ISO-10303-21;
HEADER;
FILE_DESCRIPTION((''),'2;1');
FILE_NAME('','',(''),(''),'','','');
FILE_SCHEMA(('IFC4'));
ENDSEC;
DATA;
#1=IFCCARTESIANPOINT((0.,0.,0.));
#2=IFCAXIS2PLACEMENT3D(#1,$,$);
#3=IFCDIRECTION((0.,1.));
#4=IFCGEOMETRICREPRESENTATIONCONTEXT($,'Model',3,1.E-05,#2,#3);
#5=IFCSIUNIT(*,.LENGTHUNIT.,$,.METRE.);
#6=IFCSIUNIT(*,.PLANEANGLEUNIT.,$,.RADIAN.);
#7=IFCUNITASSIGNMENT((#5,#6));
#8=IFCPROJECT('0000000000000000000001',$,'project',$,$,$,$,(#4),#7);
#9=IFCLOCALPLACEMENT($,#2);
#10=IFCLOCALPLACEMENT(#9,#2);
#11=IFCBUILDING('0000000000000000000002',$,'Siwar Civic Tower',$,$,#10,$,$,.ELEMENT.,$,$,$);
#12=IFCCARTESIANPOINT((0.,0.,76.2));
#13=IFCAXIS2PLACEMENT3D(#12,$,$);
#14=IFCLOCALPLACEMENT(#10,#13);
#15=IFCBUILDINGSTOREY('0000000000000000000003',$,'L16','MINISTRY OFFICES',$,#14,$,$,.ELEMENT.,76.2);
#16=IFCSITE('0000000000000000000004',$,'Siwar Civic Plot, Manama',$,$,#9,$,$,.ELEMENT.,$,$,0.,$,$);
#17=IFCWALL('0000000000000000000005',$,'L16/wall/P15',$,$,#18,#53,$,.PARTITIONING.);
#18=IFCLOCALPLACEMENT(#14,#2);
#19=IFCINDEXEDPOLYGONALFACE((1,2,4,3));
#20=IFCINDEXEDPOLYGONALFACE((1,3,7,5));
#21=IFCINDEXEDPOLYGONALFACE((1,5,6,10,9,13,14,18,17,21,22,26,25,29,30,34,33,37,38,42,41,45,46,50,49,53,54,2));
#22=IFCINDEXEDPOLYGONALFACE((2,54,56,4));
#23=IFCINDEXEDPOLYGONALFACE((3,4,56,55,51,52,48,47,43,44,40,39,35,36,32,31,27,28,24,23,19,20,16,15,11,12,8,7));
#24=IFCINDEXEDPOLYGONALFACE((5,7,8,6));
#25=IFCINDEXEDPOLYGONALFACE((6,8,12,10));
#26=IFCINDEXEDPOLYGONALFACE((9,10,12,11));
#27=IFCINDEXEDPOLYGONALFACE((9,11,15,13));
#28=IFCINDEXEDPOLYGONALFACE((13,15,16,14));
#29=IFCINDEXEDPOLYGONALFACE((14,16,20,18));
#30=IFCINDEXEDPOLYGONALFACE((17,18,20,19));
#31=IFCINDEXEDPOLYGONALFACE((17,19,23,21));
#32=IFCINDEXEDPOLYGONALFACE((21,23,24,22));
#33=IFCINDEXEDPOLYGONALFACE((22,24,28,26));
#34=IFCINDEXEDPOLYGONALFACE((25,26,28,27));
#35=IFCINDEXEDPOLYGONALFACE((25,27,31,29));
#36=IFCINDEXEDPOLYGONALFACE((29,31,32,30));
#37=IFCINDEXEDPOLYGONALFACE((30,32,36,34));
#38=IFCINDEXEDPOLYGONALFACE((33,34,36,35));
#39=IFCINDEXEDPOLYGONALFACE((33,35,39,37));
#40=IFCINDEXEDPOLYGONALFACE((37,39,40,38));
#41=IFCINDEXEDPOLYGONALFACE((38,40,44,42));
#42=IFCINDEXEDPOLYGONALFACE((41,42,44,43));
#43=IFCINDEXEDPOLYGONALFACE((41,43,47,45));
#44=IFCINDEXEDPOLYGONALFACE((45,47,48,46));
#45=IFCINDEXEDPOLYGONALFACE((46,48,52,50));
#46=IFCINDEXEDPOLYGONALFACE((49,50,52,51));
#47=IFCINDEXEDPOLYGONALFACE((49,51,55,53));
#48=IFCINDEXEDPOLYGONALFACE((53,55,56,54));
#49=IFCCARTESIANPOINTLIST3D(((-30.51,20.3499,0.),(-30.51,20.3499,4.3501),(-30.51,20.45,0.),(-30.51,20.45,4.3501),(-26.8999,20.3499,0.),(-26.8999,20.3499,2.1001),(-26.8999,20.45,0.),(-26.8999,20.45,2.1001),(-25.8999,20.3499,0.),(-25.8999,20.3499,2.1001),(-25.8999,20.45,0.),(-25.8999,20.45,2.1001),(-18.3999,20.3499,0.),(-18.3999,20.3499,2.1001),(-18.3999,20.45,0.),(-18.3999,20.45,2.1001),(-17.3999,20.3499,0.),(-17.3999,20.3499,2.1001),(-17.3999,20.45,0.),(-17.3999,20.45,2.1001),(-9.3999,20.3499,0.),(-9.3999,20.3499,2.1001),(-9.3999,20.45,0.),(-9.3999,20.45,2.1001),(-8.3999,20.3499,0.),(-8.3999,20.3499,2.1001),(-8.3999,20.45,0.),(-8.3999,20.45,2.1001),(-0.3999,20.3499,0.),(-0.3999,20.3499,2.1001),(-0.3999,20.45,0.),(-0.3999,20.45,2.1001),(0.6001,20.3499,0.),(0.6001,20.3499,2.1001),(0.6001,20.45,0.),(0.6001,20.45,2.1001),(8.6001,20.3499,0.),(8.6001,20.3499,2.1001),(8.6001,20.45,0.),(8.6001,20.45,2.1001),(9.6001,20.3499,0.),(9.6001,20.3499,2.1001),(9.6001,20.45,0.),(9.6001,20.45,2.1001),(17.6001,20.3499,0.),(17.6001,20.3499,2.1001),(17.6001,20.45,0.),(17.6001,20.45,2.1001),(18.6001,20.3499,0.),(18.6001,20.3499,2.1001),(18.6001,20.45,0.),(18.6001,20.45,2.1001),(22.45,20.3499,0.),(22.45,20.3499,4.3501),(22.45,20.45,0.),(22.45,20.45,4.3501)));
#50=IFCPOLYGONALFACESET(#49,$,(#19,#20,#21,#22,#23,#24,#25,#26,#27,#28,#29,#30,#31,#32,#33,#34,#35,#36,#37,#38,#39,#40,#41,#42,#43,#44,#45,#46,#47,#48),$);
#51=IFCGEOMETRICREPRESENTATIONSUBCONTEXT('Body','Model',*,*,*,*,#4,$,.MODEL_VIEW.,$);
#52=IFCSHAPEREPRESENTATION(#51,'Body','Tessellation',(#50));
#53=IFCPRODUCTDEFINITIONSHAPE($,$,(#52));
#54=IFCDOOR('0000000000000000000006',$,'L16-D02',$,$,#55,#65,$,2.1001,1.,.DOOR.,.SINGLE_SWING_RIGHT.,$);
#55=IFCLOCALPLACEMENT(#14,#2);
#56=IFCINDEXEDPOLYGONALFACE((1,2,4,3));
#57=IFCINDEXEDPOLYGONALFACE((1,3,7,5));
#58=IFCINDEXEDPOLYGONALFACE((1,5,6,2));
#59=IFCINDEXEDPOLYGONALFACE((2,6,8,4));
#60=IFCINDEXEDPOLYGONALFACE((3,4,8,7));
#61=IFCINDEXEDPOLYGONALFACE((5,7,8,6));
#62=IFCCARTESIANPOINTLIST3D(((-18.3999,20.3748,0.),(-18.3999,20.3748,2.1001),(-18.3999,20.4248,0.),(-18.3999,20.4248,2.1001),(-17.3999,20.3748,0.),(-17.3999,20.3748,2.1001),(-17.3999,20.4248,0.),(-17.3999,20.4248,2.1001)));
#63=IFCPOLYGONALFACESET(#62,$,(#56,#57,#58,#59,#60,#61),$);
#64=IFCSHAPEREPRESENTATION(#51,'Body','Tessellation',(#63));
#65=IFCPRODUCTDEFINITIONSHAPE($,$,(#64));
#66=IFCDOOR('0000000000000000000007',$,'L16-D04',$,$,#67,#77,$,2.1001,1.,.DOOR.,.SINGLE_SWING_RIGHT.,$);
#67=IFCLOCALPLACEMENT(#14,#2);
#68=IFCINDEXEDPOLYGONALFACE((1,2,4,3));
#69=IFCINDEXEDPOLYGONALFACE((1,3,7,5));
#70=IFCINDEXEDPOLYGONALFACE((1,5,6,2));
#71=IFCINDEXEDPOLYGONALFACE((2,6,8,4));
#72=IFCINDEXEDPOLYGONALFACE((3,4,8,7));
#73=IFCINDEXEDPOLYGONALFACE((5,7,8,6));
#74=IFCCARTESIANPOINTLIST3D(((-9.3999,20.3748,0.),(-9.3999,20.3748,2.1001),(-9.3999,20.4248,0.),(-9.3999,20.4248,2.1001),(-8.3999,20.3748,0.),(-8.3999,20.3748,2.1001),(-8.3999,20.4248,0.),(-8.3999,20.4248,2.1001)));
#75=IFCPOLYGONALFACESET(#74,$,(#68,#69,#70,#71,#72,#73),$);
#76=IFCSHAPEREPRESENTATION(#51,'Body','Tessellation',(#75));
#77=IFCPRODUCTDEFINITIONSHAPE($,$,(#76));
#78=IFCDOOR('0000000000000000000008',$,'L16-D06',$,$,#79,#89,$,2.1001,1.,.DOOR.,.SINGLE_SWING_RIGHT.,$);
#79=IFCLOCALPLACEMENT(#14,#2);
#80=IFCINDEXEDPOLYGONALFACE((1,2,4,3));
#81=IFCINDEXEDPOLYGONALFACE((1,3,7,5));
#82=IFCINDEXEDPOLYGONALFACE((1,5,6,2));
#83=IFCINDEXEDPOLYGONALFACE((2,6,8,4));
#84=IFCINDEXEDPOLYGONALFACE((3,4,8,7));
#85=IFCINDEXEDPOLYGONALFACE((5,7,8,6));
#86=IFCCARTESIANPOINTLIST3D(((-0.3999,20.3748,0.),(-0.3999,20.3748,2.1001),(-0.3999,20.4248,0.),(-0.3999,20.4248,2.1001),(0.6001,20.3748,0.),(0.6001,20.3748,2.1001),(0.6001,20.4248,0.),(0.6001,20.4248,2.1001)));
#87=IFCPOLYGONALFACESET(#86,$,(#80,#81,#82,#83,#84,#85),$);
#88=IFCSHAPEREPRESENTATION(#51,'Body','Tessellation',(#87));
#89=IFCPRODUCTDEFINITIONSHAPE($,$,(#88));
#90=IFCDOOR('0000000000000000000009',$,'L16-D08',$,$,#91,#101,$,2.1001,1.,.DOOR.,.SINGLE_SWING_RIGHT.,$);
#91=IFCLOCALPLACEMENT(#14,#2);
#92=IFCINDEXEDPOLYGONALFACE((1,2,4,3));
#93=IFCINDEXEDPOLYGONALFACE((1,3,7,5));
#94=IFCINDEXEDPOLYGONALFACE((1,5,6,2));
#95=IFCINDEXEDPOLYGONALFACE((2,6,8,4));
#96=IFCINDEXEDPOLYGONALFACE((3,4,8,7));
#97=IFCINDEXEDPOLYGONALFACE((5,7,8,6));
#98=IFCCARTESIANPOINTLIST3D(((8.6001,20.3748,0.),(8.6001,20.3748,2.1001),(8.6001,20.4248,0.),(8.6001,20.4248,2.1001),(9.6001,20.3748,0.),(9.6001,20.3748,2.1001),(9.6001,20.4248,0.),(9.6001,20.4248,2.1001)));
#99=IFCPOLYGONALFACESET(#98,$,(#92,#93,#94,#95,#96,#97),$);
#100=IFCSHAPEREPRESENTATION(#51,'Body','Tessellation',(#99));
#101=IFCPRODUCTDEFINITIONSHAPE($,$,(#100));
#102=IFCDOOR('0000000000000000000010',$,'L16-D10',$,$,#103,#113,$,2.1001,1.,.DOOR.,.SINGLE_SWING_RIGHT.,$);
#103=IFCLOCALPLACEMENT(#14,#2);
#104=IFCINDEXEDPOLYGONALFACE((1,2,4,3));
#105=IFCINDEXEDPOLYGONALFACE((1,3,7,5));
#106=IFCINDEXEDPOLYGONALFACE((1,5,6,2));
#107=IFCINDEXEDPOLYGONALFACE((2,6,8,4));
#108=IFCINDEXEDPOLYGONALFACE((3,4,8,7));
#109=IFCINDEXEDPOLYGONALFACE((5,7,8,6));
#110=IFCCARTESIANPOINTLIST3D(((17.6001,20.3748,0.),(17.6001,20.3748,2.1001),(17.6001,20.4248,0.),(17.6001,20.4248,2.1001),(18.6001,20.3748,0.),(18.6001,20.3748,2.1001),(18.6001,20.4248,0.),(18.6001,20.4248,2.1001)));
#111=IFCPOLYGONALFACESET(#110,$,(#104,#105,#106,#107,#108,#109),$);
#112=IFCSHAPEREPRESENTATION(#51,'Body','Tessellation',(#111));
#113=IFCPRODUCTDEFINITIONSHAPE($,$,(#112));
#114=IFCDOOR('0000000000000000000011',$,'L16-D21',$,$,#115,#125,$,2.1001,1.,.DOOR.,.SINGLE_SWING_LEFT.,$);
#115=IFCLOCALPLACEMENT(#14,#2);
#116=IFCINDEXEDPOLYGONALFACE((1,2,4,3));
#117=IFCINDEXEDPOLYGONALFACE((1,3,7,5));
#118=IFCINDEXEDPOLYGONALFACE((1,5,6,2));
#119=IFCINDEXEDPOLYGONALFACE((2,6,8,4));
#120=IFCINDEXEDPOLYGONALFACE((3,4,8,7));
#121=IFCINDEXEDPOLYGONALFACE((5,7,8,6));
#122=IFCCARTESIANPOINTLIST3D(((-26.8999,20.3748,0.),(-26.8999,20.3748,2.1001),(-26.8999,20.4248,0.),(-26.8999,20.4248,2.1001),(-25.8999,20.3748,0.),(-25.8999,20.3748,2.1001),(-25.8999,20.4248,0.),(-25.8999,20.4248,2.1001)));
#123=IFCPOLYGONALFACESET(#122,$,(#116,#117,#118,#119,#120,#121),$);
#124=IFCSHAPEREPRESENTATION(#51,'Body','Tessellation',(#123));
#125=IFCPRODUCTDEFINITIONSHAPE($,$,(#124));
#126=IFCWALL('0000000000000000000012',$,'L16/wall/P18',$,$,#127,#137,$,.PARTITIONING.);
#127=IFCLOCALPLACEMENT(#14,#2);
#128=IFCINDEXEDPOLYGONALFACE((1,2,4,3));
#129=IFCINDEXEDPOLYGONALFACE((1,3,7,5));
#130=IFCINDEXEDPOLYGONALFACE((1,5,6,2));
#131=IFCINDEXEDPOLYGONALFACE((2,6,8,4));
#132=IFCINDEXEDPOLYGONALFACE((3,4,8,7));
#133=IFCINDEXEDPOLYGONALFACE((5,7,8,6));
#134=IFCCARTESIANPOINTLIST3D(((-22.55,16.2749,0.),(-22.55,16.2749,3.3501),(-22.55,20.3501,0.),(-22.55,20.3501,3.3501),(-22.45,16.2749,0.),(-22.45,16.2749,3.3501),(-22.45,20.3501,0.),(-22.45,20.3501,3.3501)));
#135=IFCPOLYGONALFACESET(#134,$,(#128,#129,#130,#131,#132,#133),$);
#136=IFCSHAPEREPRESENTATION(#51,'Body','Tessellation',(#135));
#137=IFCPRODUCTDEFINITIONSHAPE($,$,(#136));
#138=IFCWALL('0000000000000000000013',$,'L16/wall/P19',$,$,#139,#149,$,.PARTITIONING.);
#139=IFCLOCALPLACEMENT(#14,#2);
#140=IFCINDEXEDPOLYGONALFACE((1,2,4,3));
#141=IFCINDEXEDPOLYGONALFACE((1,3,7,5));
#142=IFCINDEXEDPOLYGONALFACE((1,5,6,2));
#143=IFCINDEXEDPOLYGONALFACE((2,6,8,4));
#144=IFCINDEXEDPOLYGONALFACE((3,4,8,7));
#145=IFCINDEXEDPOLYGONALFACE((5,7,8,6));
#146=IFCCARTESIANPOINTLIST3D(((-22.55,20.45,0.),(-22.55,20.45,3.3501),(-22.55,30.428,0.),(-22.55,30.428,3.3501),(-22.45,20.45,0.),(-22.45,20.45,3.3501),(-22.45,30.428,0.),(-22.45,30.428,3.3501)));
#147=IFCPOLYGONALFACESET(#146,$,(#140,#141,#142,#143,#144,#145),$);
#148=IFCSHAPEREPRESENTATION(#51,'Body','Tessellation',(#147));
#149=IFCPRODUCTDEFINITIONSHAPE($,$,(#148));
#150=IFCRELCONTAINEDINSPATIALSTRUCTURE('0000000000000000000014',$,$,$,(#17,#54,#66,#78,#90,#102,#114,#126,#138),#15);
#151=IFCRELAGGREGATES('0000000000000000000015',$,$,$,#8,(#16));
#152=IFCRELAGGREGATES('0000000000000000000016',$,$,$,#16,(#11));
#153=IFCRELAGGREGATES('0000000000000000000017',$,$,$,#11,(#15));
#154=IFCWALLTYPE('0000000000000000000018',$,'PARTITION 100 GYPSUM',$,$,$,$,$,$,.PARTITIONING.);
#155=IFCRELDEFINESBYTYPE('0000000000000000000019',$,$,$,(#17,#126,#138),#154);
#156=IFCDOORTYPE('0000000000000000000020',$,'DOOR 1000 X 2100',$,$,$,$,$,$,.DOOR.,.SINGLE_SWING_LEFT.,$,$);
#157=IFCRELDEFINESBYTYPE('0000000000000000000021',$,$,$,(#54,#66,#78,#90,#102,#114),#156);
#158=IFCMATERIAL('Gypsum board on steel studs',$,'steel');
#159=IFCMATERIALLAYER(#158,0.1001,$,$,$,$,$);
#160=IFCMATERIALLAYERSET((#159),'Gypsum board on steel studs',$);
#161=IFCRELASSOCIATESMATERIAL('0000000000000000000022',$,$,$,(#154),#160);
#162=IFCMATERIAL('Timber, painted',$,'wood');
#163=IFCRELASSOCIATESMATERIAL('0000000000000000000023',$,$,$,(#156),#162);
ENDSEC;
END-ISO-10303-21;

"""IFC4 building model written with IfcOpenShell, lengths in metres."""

from ifc_helpers import new_model, si_unit, direction, frame, frame_2d, origin, place, context, subcontext, project, spatial, rectangle, extrude, material, layer, layer_set, type_object, element, fill, save


model = new_model("IFC4")

# Units and contexts
model_context = context("Model", 3, precision=1e-05, world=origin(), true_north=direction((0.0, 1.0)))
body_context = subcontext(model_context, "Body", "Model", "MODEL_VIEW")
ifc_project = project(units=[si_unit("LENGTHUNIT", "METRE"), si_unit("PLANEANGLEUNIT", "RADIAN")], contexts=[model_context])

# Site, building, storey
site_placement = place(None, origin())
site = spatial("IfcSite", under=ifc_project, at=site_placement, Name="Siwar Civic Plot, Manama", CompositionType="ELEMENT", RefElevation=0.0)
building_placement = place(site_placement, origin())
building = spatial("IfcBuilding", under=site, at=building_placement, Name="Siwar Civic Tower", CompositionType="ELEMENT")
storey_placement = place(building_placement, frame((0.0, 0.0, 76.2)))
storey = spatial("IfcBuildingStorey", under=building, at=storey_placement, Name="L16", Description="MINISTRY OFFICES", CompositionType="ELEMENT", Elevation=76.2)

# Wall, openings, doors
ifc_material_1 = material(Name="Gypsum board on steel studs", Category="steel")
ifc_layer_1 = layer(ifc_material_1, 0.1001)
ifc_layer_set_1 = layer_set([ifc_layer_1], Name="Gypsum board on steel studs")
wall_type_1 = type_object("IfcWallType", Name="PARTITION 100 GYPSUM", PredefinedType="PARTITIONING", material=ifc_layer_set_1)
wall_1_placement = place(storey_placement, frame((-30.51, 20.3999, 0.0), z_axis=(0.0, 0.0, 1.0), x_axis=(1.0, 0.0, 0.0)))
wall_1 = element("IfcWall", 1, at=wall_1_placement, inside=storey, type_object=wall_type_1, Name="L16/wall/P15", PredefinedType="PARTITIONING", context=body_context, shape_type="SweptSolid", body=[
    extrude(rectangle(XDim=52.96, YDim=0.1001, at=frame_2d((26.48, 0.0))), origin(), (0.0, 0.0, 1.0), 4.3501),
])
opening_1_placement = place(wall_1_placement, frame((12.1101, 0.0, 0.0)))
opening_1 = element("IfcOpeningElement", 2, at=opening_1_placement, cuts=wall_1, PredefinedType="OPENING", context=body_context, shape_type="SweptSolid", body=[
    extrude(rectangle(XDim=1.0, YDim=2.1001, at=frame_2d((0.5, 1.05))), frame((0.0, 0.0601, 0.0), z_axis=(0.0, -1.0, 0.0), x_axis=(1.0, 0.0, 0.0)), (0.0, 0.0, 1.0), 0.1201),
])
opening_2_placement = place(wall_1_placement, frame((21.1101, 0.0, 0.0)))
opening_2 = element("IfcOpeningElement", 3, at=opening_2_placement, cuts=wall_1, PredefinedType="OPENING", context=body_context, shape_type="SweptSolid", body=[
    extrude(rectangle(XDim=1.0, YDim=2.1001, at=frame_2d((0.5, 1.05))), frame((0.0, 0.0601, 0.0), z_axis=(0.0, -1.0, 0.0), x_axis=(1.0, 0.0, 0.0)), (0.0, 0.0, 1.0), 0.1201),
])
opening_3_placement = place(wall_1_placement, frame((30.1101, 0.0, 0.0)))
opening_3 = element("IfcOpeningElement", 4, at=opening_3_placement, cuts=wall_1, PredefinedType="OPENING", context=body_context, shape_type="SweptSolid", body=[
    extrude(rectangle(XDim=1.0, YDim=2.1001, at=frame_2d((0.5, 1.05))), frame((0.0, 0.0601, 0.0), z_axis=(0.0, -1.0, 0.0), x_axis=(1.0, 0.0, 0.0)), (0.0, 0.0, 1.0), 0.1201),
])
opening_4_placement = place(wall_1_placement, frame((39.1101, 0.0, 0.0)))
opening_4 = element("IfcOpeningElement", 5, at=opening_4_placement, cuts=wall_1, PredefinedType="OPENING", context=body_context, shape_type="SweptSolid", body=[
    extrude(rectangle(XDim=1.0, YDim=2.1001, at=frame_2d((0.5, 1.05))), frame((0.0, 0.0601, 0.0), z_axis=(0.0, -1.0, 0.0), x_axis=(1.0, 0.0, 0.0)), (0.0, 0.0, 1.0), 0.1201),
])
opening_5_placement = place(wall_1_placement, frame((48.1101, 0.0, 0.0)))
opening_5 = element("IfcOpeningElement", 6, at=opening_5_placement, cuts=wall_1, PredefinedType="OPENING", context=body_context, shape_type="SweptSolid", body=[
    extrude(rectangle(XDim=1.0, YDim=2.1001, at=frame_2d((0.5, 1.05))), frame((0.0, 0.0601, 0.0), z_axis=(0.0, -1.0, 0.0), x_axis=(1.0, 0.0, 0.0)), (0.0, 0.0, 1.0), 0.1201),
])
opening_6_placement = place(wall_1_placement, frame((3.6101, 0.0, 0.0)))
opening_6 = element("IfcOpeningElement", 7, at=opening_6_placement, cuts=wall_1, PredefinedType="OPENING", context=body_context, shape_type="SweptSolid", body=[
    extrude(rectangle(XDim=1.0, YDim=2.1001, at=frame_2d((0.5, 1.05))), frame((0.0, 0.0601, 0.0), z_axis=(0.0, -1.0, 0.0), x_axis=(1.0, 0.0, 0.0)), (0.0, 0.0, 1.0), 0.1201),
])
ifc_material_2 = material(Name="Timber, painted", Category="wood")
door_type_1 = type_object("IfcDoorType", Name="DOOR 1000 X 2100", OperationType="SINGLE_SWING_LEFT", PredefinedType="DOOR", material=ifc_material_2)
door_1_placement = place(opening_1_placement, origin())
door_1 = element("IfcDoor", 8, at=door_1_placement, inside=storey, type_object=door_type_1, Name="L16-D02", OperationType="SINGLE_SWING_RIGHT", OverallHeight=2.1001, OverallWidth=1.0, PredefinedType="DOOR", context=body_context, shape_type="SweptSolid", body=[
    extrude(rectangle(XDim=1.0, YDim=2.1001, at=frame_2d((0.5, 1.05))), frame((0.0, 0.0249, 0.0), z_axis=(0.0, -1.0, 0.0), x_axis=(1.0, 0.0, 0.0)), (0.0, 0.0, 1.0), 0.05),
])
fill(opening_1, door_1)
door_2_placement = place(opening_2_placement, origin())
door_2 = element("IfcDoor", 9, at=door_2_placement, inside=storey, type_object=door_type_1, Name="L16-D04", OperationType="SINGLE_SWING_RIGHT", OverallHeight=2.1001, OverallWidth=1.0, PredefinedType="DOOR", context=body_context, shape_type="SweptSolid", body=[
    extrude(rectangle(XDim=1.0, YDim=2.1001, at=frame_2d((0.5, 1.05))), frame((0.0, 0.0249, 0.0), z_axis=(0.0, -1.0, 0.0), x_axis=(1.0, 0.0, 0.0)), (0.0, 0.0, 1.0), 0.05),
])
fill(opening_2, door_2)
door_3_placement = place(opening_3_placement, origin())
door_3 = element("IfcDoor", 10, at=door_3_placement, inside=storey, type_object=door_type_1, Name="L16-D06", OperationType="SINGLE_SWING_RIGHT", OverallHeight=2.1001, OverallWidth=1.0, PredefinedType="DOOR", context=body_context, shape_type="SweptSolid", body=[
    extrude(rectangle(XDim=1.0, YDim=2.1001, at=frame_2d((0.5, 1.05))), frame((0.0, 0.0249, 0.0), z_axis=(0.0, -1.0, 0.0), x_axis=(1.0, 0.0, 0.0)), (0.0, 0.0, 1.0), 0.05),
])
fill(opening_3, door_3)
door_4_placement = place(opening_4_placement, origin())
door_4 = element("IfcDoor", 11, at=door_4_placement, inside=storey, type_object=door_type_1, Name="L16-D08", OperationType="SINGLE_SWING_RIGHT", OverallHeight=2.1001, OverallWidth=1.0, PredefinedType="DOOR", context=body_context, shape_type="SweptSolid", body=[
    extrude(rectangle(XDim=1.0, YDim=2.1001, at=frame_2d((0.5, 1.05))), frame((0.0, 0.0249, 0.0), z_axis=(0.0, -1.0, 0.0), x_axis=(1.0, 0.0, 0.0)), (0.0, 0.0, 1.0), 0.05),
])
fill(opening_4, door_4)
door_5_placement = place(opening_5_placement, origin())
door_5 = element("IfcDoor", 12, at=door_5_placement, inside=storey, type_object=door_type_1, Name="L16-D10", OperationType="SINGLE_SWING_RIGHT", OverallHeight=2.1001, OverallWidth=1.0, PredefinedType="DOOR", context=body_context, shape_type="SweptSolid", body=[
    extrude(rectangle(XDim=1.0, YDim=2.1001, at=frame_2d((0.5, 1.05))), frame((0.0, 0.0249, 0.0), z_axis=(0.0, -1.0, 0.0), x_axis=(1.0, 0.0, 0.0)), (0.0, 0.0, 1.0), 0.05),
])
fill(opening_5, door_5)
door_6_placement = place(opening_6_placement, origin())
door_6 = element("IfcDoor", 13, at=door_6_placement, inside=storey, type_object=door_type_1, Name="L16-D21", OperationType="SINGLE_SWING_LEFT", OverallHeight=2.1001, OverallWidth=1.0, PredefinedType="DOOR", context=body_context, shape_type="SweptSolid", body=[
    extrude(rectangle(XDim=1.0, YDim=2.1001, at=frame_2d((0.5, 1.05))), frame((0.0, 0.0249, 0.0), z_axis=(0.0, -1.0, 0.0), x_axis=(1.0, 0.0, 0.0)), (0.0, 0.0, 1.0), 0.05),
])
fill(opening_6, door_6)

# Walls
wall_2_placement = place(storey_placement, frame((-22.5, 16.2749, 0.0), z_axis=(0.0, 0.0, 1.0), x_axis=(0.0, 1.0, 0.0)))
element("IfcWall", 14, at=wall_2_placement, inside=storey, type_object=wall_type_1, Name="L16/wall/P18", PredefinedType="PARTITIONING", context=body_context, shape_type="SweptSolid", body=[
    extrude(rectangle(XDim=4.0752, YDim=0.1001, at=frame_2d((2.0376, 0.0))), origin(), (0.0, 0.0, 1.0), 3.3501),
])
wall_3_placement = place(storey_placement, frame((-22.5, 20.45, 0.0), z_axis=(0.0, 0.0, 1.0), x_axis=(0.0, 1.0, 0.0)))
element("IfcWall", 15, at=wall_3_placement, inside=storey, type_object=wall_type_1, Name="L16/wall/P19", PredefinedType="PARTITIONING", context=body_context, shape_type="SweptSolid", body=[
    extrude(rectangle(XDim=9.978, YDim=0.1001, at=frame_2d((4.989, 0.0))), origin(), (0.0, 0.0, 1.0), 3.3501),
])

save(model, "model.ifc")
